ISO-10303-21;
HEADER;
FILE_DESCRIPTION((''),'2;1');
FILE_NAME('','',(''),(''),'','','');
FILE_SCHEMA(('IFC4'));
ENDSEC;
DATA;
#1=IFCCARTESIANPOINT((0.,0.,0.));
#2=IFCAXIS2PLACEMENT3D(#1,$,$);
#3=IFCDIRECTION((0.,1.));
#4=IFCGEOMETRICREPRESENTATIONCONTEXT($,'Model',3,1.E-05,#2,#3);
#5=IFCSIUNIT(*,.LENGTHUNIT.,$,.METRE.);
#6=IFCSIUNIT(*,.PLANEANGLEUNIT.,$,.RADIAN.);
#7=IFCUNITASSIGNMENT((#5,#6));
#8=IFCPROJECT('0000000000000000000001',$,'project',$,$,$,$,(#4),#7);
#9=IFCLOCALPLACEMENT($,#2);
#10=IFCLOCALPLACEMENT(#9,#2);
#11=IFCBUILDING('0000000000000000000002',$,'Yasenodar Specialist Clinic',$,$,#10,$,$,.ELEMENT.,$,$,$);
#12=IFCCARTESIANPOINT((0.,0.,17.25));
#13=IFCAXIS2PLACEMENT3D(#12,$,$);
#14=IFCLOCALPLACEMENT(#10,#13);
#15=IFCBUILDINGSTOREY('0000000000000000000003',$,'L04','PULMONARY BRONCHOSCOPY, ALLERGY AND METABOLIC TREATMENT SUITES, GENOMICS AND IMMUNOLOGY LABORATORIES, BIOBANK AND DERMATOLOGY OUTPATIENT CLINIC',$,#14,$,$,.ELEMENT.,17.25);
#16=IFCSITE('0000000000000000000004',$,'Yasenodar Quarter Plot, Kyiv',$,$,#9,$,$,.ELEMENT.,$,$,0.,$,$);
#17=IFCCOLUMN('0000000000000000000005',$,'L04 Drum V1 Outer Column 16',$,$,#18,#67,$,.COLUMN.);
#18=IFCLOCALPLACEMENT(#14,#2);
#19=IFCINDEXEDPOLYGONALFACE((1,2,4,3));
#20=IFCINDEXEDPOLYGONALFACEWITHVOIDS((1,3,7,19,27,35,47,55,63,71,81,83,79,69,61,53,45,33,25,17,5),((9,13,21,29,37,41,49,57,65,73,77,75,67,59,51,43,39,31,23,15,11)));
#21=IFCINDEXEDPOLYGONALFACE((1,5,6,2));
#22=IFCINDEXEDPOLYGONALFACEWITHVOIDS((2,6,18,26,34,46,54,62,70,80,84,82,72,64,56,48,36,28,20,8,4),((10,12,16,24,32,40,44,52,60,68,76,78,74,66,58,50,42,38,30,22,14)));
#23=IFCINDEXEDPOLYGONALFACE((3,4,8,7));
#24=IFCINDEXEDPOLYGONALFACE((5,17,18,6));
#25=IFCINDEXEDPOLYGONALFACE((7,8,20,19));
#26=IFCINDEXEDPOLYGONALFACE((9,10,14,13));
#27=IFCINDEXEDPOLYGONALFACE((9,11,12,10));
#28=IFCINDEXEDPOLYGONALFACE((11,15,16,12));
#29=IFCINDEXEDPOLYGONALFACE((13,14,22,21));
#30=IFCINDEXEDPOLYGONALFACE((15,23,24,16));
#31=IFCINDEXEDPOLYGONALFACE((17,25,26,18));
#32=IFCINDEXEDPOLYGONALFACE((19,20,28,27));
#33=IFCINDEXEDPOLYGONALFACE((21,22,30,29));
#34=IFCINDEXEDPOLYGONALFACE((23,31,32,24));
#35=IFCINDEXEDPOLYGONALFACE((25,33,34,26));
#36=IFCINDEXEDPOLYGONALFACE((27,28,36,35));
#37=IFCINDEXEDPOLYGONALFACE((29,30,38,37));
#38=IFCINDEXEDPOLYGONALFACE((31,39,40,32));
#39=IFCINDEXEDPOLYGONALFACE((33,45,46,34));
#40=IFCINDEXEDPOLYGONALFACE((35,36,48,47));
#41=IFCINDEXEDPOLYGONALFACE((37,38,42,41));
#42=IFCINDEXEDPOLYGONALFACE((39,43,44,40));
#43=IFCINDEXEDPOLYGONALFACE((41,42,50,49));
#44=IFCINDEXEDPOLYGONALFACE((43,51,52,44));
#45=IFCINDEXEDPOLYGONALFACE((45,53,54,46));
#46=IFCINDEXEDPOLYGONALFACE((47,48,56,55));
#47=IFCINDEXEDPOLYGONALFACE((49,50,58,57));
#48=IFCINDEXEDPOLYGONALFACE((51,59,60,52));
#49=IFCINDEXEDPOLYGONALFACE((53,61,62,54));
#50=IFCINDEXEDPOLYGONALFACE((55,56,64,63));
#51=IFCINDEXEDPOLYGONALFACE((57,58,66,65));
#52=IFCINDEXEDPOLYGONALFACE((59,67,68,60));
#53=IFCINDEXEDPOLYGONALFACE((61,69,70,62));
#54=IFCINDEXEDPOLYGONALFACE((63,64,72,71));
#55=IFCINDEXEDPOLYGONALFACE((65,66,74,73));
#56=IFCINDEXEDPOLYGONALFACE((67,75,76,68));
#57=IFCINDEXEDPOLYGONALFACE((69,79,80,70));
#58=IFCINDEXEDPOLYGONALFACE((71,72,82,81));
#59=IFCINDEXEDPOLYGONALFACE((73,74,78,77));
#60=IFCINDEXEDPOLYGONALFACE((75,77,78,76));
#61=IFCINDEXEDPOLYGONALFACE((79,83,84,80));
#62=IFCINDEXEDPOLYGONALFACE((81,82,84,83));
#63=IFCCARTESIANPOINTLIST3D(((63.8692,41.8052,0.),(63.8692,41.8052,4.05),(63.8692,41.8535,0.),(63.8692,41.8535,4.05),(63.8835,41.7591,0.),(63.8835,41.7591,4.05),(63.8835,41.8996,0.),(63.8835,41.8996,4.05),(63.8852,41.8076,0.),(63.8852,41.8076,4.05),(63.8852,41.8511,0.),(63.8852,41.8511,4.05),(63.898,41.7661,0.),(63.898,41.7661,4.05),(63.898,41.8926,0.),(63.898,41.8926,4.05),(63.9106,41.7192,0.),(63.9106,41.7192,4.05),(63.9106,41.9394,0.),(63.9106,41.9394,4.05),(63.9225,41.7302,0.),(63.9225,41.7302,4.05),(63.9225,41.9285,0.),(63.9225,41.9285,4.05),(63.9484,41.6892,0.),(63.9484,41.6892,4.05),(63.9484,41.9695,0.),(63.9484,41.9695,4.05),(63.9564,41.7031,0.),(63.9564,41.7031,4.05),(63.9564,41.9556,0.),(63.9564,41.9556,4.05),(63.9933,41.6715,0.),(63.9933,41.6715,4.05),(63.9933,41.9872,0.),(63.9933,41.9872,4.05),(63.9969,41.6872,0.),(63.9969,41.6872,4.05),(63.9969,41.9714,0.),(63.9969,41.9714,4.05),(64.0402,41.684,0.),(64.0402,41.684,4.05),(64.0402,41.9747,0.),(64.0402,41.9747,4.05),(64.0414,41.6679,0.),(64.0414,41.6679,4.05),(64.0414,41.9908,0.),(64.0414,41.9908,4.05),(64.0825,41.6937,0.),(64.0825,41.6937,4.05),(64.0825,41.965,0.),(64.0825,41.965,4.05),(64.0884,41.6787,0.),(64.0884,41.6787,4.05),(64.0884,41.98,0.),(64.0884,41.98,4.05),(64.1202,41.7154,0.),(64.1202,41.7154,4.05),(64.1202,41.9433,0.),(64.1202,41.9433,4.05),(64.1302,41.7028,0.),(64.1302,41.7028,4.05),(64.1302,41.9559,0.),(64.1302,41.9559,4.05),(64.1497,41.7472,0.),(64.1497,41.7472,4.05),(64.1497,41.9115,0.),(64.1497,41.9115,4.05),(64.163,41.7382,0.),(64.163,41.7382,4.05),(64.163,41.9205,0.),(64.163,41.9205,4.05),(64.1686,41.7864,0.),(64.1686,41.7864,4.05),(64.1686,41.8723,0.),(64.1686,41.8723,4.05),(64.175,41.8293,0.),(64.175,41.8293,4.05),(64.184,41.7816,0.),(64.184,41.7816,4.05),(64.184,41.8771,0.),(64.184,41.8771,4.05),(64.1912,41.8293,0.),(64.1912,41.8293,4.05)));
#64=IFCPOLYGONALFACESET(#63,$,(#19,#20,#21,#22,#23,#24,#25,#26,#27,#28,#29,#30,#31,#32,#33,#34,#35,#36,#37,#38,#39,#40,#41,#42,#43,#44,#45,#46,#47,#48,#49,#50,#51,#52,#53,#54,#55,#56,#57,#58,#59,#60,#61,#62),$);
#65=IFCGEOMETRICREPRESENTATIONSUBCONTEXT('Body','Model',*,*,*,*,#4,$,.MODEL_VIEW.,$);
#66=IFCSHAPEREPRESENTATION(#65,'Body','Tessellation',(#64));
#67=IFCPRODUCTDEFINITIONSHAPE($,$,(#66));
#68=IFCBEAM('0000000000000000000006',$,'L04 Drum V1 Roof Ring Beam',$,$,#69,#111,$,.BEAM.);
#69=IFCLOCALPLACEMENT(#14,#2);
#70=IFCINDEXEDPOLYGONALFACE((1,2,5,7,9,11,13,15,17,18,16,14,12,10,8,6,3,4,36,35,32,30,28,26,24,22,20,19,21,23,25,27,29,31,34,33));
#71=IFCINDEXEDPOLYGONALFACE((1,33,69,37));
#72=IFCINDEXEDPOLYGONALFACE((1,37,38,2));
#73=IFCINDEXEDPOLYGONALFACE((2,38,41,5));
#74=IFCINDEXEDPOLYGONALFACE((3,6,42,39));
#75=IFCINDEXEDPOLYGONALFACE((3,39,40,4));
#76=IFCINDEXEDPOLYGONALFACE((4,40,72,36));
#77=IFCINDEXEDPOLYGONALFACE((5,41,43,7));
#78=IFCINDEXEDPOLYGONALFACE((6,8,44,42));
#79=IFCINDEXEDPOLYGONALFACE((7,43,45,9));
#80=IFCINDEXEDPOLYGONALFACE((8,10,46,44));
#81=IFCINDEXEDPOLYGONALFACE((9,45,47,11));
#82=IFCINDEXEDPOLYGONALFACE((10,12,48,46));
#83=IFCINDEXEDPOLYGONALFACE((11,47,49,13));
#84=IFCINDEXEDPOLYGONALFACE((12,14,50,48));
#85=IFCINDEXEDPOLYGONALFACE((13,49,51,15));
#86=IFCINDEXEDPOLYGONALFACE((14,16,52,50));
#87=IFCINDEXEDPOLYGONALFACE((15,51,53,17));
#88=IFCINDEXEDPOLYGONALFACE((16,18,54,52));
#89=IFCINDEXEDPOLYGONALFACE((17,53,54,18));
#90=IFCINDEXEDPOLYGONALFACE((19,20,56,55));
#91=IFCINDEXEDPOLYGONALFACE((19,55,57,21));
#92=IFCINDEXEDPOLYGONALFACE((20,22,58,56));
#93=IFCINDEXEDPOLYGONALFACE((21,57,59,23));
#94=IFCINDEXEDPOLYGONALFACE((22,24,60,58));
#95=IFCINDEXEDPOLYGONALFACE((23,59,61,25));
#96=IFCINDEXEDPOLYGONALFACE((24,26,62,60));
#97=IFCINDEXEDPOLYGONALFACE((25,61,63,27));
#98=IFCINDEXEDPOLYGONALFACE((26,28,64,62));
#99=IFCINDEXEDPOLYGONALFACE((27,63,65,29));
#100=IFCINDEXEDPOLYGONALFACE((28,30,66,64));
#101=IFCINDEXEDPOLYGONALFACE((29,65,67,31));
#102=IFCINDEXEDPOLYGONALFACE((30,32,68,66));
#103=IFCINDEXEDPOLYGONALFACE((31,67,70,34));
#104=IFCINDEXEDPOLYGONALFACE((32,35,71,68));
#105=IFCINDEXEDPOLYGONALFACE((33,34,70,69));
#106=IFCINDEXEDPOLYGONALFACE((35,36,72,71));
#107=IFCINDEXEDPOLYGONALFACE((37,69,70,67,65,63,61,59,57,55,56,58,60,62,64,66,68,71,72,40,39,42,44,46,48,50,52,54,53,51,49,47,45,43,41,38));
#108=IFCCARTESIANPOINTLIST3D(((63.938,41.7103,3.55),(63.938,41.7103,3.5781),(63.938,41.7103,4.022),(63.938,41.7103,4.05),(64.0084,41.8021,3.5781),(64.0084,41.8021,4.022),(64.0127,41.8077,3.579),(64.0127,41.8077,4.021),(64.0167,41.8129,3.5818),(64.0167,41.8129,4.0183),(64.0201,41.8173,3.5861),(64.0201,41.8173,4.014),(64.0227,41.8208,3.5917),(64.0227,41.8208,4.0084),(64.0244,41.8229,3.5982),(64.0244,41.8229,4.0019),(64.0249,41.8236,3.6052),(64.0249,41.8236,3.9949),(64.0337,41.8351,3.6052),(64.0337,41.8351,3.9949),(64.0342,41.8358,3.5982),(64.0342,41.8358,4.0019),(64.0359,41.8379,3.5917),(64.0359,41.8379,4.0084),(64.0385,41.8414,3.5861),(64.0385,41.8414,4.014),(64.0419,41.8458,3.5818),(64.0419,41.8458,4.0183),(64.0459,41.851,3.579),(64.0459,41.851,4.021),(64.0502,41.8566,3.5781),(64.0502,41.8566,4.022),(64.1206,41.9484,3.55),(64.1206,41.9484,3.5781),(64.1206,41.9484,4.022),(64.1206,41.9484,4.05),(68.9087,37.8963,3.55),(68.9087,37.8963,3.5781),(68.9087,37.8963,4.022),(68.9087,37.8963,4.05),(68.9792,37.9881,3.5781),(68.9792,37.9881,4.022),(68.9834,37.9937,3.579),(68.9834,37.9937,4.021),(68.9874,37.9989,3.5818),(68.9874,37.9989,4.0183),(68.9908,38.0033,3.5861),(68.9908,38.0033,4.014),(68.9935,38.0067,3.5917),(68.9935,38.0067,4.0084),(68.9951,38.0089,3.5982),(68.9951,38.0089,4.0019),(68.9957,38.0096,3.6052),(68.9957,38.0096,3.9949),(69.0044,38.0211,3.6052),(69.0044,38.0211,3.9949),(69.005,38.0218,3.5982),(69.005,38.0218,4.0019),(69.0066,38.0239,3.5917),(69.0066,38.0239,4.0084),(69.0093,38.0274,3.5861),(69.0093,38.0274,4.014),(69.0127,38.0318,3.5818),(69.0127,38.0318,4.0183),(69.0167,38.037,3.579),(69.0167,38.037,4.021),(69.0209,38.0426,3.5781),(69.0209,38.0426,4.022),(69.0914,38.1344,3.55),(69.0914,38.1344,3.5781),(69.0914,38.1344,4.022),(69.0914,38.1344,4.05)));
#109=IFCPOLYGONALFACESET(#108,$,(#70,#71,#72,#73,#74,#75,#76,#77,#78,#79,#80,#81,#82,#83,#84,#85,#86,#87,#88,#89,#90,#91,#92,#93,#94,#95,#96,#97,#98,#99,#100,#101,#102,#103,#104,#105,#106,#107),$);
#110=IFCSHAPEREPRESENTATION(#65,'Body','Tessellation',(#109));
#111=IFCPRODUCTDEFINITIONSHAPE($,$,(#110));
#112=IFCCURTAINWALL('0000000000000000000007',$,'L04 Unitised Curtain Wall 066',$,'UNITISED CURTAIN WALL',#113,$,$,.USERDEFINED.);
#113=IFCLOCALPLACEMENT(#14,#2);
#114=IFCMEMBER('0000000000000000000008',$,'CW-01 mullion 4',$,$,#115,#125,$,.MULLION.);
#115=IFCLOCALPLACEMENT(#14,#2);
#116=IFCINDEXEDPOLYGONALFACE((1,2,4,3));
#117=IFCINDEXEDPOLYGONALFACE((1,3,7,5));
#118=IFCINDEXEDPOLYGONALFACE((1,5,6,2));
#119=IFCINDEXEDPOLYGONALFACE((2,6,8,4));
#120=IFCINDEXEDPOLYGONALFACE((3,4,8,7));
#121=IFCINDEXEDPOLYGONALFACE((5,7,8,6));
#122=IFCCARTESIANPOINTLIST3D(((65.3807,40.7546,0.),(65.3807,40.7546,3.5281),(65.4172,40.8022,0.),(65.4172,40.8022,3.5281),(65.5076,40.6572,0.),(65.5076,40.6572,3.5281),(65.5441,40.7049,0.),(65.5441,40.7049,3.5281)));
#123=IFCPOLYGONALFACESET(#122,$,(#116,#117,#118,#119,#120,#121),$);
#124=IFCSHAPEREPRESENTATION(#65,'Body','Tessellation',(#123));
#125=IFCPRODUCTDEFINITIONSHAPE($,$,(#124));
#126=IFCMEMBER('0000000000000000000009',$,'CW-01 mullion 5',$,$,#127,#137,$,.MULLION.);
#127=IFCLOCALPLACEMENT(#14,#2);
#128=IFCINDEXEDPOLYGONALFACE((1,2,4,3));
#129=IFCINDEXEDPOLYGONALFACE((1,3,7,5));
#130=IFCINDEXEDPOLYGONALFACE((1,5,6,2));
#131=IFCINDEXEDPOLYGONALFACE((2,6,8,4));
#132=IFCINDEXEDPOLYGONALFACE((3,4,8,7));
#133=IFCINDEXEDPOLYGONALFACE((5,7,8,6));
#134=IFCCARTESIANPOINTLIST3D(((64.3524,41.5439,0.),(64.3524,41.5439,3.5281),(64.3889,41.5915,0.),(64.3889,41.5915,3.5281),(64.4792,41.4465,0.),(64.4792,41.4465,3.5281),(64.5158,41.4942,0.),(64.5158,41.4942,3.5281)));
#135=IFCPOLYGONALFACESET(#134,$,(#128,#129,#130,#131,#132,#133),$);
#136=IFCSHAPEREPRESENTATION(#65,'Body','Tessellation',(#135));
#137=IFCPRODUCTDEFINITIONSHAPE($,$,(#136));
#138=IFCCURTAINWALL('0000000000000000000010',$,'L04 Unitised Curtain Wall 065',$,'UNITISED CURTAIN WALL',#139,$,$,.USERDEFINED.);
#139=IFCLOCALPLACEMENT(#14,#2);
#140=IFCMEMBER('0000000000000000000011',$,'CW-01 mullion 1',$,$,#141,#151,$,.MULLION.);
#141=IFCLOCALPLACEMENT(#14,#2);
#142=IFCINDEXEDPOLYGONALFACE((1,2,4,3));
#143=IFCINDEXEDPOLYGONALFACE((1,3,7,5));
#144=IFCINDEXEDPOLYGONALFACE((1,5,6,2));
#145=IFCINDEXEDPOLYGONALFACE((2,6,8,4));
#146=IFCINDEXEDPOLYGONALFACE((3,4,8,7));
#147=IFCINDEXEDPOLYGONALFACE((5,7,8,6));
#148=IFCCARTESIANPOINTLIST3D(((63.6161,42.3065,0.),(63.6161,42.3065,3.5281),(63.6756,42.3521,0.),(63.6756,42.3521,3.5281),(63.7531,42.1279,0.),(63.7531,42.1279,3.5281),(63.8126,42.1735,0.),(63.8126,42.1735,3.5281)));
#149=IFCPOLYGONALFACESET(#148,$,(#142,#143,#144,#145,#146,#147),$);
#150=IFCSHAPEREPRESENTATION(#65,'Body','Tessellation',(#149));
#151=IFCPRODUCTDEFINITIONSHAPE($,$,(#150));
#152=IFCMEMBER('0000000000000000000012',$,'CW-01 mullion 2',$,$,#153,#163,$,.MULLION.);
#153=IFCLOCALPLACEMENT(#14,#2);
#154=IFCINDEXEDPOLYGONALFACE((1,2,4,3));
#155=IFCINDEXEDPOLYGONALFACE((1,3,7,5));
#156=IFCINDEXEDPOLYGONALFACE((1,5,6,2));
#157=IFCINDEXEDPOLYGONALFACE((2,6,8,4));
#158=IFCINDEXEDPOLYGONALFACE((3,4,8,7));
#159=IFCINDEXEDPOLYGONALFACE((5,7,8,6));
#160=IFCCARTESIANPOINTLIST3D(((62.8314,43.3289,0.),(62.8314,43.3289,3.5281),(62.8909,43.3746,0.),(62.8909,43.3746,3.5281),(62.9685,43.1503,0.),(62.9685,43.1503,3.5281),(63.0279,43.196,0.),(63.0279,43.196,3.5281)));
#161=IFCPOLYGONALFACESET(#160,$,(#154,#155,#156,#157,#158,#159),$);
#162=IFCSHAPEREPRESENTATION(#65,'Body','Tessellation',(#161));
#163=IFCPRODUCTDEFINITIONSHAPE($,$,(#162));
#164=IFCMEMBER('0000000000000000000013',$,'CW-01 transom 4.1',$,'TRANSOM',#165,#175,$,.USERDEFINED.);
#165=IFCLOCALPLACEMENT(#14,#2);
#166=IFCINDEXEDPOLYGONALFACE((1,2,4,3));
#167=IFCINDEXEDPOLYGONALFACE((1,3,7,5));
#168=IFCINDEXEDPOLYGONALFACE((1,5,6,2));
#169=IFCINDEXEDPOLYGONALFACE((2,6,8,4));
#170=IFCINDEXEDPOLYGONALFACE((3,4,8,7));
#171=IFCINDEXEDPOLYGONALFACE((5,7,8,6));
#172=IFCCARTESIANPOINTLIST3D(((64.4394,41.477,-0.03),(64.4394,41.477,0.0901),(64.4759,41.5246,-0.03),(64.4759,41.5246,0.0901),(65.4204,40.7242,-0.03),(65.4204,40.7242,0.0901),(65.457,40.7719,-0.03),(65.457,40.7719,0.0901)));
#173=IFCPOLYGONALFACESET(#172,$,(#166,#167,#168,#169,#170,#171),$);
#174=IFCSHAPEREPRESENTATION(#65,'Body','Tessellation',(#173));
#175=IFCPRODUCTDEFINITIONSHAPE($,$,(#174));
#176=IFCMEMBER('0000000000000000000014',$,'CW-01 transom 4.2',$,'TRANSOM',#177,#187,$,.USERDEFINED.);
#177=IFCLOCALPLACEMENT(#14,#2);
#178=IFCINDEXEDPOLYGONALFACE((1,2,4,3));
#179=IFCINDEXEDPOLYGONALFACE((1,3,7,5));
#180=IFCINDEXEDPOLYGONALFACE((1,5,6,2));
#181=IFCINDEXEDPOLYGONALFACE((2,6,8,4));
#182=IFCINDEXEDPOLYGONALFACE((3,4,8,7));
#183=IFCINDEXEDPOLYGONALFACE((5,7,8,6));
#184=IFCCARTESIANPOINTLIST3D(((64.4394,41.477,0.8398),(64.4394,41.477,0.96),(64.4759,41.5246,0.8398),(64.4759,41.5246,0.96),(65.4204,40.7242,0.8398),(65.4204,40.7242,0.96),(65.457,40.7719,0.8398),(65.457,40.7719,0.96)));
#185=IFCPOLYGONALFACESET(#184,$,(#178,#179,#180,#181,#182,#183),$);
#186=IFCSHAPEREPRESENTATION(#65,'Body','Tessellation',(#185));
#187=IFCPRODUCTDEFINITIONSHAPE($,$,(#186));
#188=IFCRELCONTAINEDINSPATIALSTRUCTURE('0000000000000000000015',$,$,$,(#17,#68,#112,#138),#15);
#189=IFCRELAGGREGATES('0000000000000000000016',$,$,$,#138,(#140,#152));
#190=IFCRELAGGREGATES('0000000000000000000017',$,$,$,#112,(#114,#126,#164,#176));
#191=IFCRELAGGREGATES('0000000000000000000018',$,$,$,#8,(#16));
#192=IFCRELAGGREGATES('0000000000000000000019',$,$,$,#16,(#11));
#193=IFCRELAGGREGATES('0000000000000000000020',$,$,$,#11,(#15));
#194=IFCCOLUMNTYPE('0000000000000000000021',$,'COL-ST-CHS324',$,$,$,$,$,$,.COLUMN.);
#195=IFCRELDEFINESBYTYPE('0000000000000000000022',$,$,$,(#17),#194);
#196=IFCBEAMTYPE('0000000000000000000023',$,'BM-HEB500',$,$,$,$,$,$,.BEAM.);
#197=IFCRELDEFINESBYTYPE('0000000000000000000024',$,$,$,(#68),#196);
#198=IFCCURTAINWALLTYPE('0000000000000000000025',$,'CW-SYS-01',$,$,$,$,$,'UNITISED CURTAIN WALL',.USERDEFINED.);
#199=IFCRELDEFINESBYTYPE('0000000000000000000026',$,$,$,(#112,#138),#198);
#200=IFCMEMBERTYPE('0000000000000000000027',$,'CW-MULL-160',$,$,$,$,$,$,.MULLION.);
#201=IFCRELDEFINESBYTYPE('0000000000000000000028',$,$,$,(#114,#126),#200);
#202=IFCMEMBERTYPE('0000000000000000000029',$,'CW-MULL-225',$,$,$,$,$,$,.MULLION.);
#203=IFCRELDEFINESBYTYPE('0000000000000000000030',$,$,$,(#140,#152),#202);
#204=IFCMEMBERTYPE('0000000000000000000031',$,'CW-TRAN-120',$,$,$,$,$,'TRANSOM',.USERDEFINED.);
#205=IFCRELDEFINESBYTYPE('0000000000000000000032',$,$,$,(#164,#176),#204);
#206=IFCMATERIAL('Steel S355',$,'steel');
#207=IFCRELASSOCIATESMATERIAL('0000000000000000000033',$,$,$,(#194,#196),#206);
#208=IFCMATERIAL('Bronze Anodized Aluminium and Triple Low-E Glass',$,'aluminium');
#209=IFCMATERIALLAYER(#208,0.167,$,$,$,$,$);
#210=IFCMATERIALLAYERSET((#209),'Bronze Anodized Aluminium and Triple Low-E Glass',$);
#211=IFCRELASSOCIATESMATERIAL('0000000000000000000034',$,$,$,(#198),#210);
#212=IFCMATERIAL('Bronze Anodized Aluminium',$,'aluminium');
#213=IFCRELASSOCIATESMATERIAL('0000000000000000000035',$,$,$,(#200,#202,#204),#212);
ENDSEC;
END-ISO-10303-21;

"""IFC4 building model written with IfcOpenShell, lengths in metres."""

from ifc_helpers import new_model, si_unit, direction, frame, origin, origin_2d, place, context, subcontext, project, spatial, rectangle, hollow_circle, i_section, extrude, material, layer, layer_set, material_profile, profile_set, type_object, element, aggregate, save


model = new_model("IFC4")

# Units and contexts
model_context = context("Model", 3, precision=1e-05, world=origin(), true_north=direction((0.0, 1.0)))
body_context = subcontext(model_context, "Body", "Model", "MODEL_VIEW")
ifc_project = project(units=[si_unit("LENGTHUNIT", "METRE"), si_unit("PLANEANGLEUNIT", "RADIAN")], contexts=[model_context])

# Site, building, storey
site_placement = place(None, origin())
site = spatial("IfcSite", under=ifc_project, at=site_placement, Name="Yasenodar Quarter Plot, Kyiv", CompositionType="ELEMENT", RefElevation=0.0)
building_placement = place(site_placement, origin())
building = spatial("IfcBuilding", under=site, at=building_placement, Name="Yasenodar Specialist Clinic", CompositionType="ELEMENT")
storey_placement = place(building_placement, frame((0.0, 0.0, 17.25)))
storey = spatial("IfcBuildingStorey", under=building, at=storey_placement, Name="L04", Description="PULMONARY BRONCHOSCOPY, ALLERGY AND METABOLIC TREATMENT SUITES, GENOMICS AND IMMUNOLOGY LABORATORIES, BIOBANK AND DERMATOLOGY OUTPATIENT CLINIC", CompositionType="ELEMENT", Elevation=17.25)

# Column
ifc_material_1 = material(Name="Steel S355", Category="steel")
ifc_material_profile_1 = material_profile(ifc_material_1, hollow_circle(Radius=0.1619, WallThickness=0.0161, at=origin_2d()), Name="CHS 323.9x16")
ifc_profile_set_1 = profile_set([ifc_material_profile_1], Name="Steel S355")
column_type = type_object("IfcColumnType", Name="COL-ST-CHS324", PredefinedType="COLUMN", material=ifc_profile_set_1)
column_placement = place(storey_placement, frame((64.0293, 41.8293, 0.0), z_axis=(0.0, 0.0, 1.0), x_axis=(1.0, 0.0, 0.0)))
element("IfcColumn", 1, at=column_placement, inside=storey, type_object=column_type, Name="L04 Drum V1 Outer Column 16", PredefinedType="COLUMN", context=body_context, shape_type="SweptSolid", body=[
    extrude(hollow_circle(Radius=0.1619, WallThickness=0.0161, at=origin_2d()), origin(), (0.0, 0.0, 1.0), 4.05),
])

# Beam
ifc_material_profile_2 = material_profile(ifc_material_1, i_section(OverallWidth=0.3, OverallDepth=0.5, WebThickness=0.0144, FlangeThickness=0.0281, FilletRadius=0.0271, at=origin_2d()), Name="HEB 500")
ifc_profile_set_2 = profile_set([ifc_material_profile_2], Name="Steel S355")
beam_type = type_object("IfcBeamType", Name="BM-HEB500", PredefinedType="BEAM", material=ifc_profile_set_2)
beam_placement = place(storey_placement, frame((64.0293, 41.8293, 3.8), z_axis=(0.793368, -0.608742, 0.0), x_axis=(0.608742, 0.793368, 0.0)))
element("IfcBeam", 2, at=beam_placement, inside=storey, type_object=beam_type, Name="L04 Drum V1 Roof Ring Beam", PredefinedType="BEAM", context=body_context, shape_type="SweptSolid", body=[
    extrude(i_section(OverallWidth=0.3, OverallDepth=0.5, WebThickness=0.0144, FlangeThickness=0.0281, FilletRadius=0.0271, at=origin_2d()), origin(), (0.0, 0.0, 1.0), 6.2654),
])

# Curtain walls, members
ifc_material_2 = material(Name="Bronze Anodized Aluminium and Triple Low-E Glass", Category="aluminium")
ifc_layer_1 = layer(ifc_material_2, 0.167)
ifc_layer_set_1 = layer_set([ifc_layer_1], Name="Bronze Anodized Aluminium and Triple Low-E Glass")
curtain_wall_type = type_object("IfcCurtainWallType", Name="CW-SYS-01", ElementType="UNITISED CURTAIN WALL", PredefinedType="USERDEFINED", material=ifc_layer_set_1)
curtain_wall_1_placement = place(storey_placement, origin())
curtain_wall_1 = element("IfcCurtainWall", 3, at=curtain_wall_1_placement, inside=storey, type_object=curtain_wall_type, Name="L04 Unitised Curtain Wall 066", ObjectType="UNITISED CURTAIN WALL", PredefinedType="USERDEFINED")
ifc_material_3 = material(Name="Bronze Anodized Aluminium", Category="aluminium")
ifc_material_profile_3 = material_profile(ifc_material_3, rectangle(XDim=0.0601, YDim=0.1599, at=origin_2d()), Name="CW-MULL 60x160")
ifc_profile_set_3 = profile_set([ifc_material_profile_3], Name="Bronze Anodized Aluminium")
member_type_1 = type_object("IfcMemberType", Name="CW-MULL-160", PredefinedType="MULLION", material=ifc_profile_set_3)
member_1_placement = place(storey_placement, frame((65.4624, 40.7297, 0.0), z_axis=(0.0, 0.0, 1.0), x_axis=(-0.608752, -0.793361, 0.0)))
member_1 = element("IfcMember", 4, at=member_1_placement, type_object=member_type_1, Name="CW-01 mullion 4", PredefinedType="MULLION", context=body_context, shape_type="SweptSolid", body=[
    extrude(rectangle(XDim=0.0601, YDim=0.1599, at=origin_2d()), origin(), (0.0, 0.0, 1.0), 3.5281),
])
member_2_placement = place(storey_placement, frame((64.4341, 41.519, 0.0), z_axis=(0.0, 0.0, 1.0), x_axis=(-0.608752, -0.793361, 0.0)))
member_2 = element("IfcMember", 5, at=member_2_placement, type_object=member_type_1, Name="CW-01 mullion 5", PredefinedType="MULLION", context=body_context, shape_type="SweptSolid", body=[
    extrude(rectangle(XDim=0.0601, YDim=0.1599, at=origin_2d()), origin(), (0.0, 0.0, 1.0), 3.5281),
])
curtain_wall_2_placement = place(storey_placement, origin())
curtain_wall_2 = element("IfcCurtainWall", 6, at=curtain_wall_2_placement, inside=storey, type_object=curtain_wall_type, Name="L04 Unitised Curtain Wall 065", ObjectType="UNITISED CURTAIN WALL", PredefinedType="USERDEFINED")
ifc_material_profile_4 = material_profile(ifc_material_3, rectangle(XDim=0.075, YDim=0.2251, at=origin_2d()), Name="CW-MULL 75x225")
ifc_profile_set_4 = profile_set([ifc_material_profile_4], Name="Bronze Anodized Aluminium")
member_type_2 = type_object("IfcMemberType", Name="CW-MULL-225", PredefinedType="MULLION", material=ifc_profile_set_4)
member_3_placement = place(storey_placement, frame((63.7144, 42.24, 0.0), z_axis=(0.0, 0.0, 1.0), x_axis=(-0.793361, -0.608752, 0.0)))
member_3 = element("IfcMember", 7, at=member_3_placement, type_object=member_type_2, Name="CW-01 mullion 1", PredefinedType="MULLION", context=body_context, shape_type="SweptSolid", body=[
    extrude(rectangle(XDim=0.075, YDim=0.2251, at=origin_2d()), origin(), (0.0, 0.0, 1.0), 3.5281),
])
member_4_placement = place(storey_placement, frame((62.9297, 43.2625, 0.0), z_axis=(0.0, 0.0, 1.0), x_axis=(-0.793361, -0.608752, 0.0)))
member_4 = element("IfcMember", 8, at=member_4_placement, type_object=member_type_2, Name="CW-01 mullion 2", PredefinedType="MULLION", context=body_context, shape_type="SweptSolid", body=[
    extrude(rectangle(XDim=0.075, YDim=0.2251, at=origin_2d()), origin(), (0.0, 0.0, 1.0), 3.5281),
])

# Members
ifc_material_profile_5 = material_profile(ifc_material_3, rectangle(XDim=0.0601, YDim=0.1201, at=origin_2d()), Name="CW-TRAN 60x120")
ifc_profile_set_5 = profile_set([ifc_material_profile_5], Name="Bronze Anodized Aluminium")
member_type_3 = type_object("IfcMemberType", Name="CW-TRAN-120", ElementType="TRANSOM", PredefinedType="USERDEFINED", material=ifc_profile_set_5)
member_5_placement = place(storey_placement, frame((65.4387, 40.748, 0.03), z_axis=(-0.793365, 0.608747, 0.0), x_axis=(-0.608747, -0.793365, 0.0)))
member_5 = element("IfcMember", 9, at=member_5_placement, type_object=member_type_3, Name="CW-01 transom 4.1", ObjectType="TRANSOM", PredefinedType="USERDEFINED", context=body_context, shape_type="SweptSolid", body=[
    extrude(rectangle(XDim=0.0601, YDim=0.1201, at=origin_2d()), origin(), (0.0, 0.0, 1.0), 1.2366),
])
member_6_placement = place(storey_placement, frame((65.4387, 40.748, 0.8999), z_axis=(-0.793365, 0.608747, 0.0), x_axis=(-0.608747, -0.793365, 0.0)))
member_6 = element("IfcMember", 10, at=member_6_placement, type_object=member_type_3, Name="CW-01 transom 4.2", ObjectType="TRANSOM", PredefinedType="USERDEFINED", context=body_context, shape_type="SweptSolid", body=[
    extrude(rectangle(XDim=0.0601, YDim=0.1201, at=origin_2d()), origin(), (0.0, 0.0, 1.0), 1.2366),
])

aggregate(curtain_wall_2, [member_3, member_4])
aggregate(curtain_wall_1, [member_1, member_2, member_5, member_6])

save(model, "model.ifc")
